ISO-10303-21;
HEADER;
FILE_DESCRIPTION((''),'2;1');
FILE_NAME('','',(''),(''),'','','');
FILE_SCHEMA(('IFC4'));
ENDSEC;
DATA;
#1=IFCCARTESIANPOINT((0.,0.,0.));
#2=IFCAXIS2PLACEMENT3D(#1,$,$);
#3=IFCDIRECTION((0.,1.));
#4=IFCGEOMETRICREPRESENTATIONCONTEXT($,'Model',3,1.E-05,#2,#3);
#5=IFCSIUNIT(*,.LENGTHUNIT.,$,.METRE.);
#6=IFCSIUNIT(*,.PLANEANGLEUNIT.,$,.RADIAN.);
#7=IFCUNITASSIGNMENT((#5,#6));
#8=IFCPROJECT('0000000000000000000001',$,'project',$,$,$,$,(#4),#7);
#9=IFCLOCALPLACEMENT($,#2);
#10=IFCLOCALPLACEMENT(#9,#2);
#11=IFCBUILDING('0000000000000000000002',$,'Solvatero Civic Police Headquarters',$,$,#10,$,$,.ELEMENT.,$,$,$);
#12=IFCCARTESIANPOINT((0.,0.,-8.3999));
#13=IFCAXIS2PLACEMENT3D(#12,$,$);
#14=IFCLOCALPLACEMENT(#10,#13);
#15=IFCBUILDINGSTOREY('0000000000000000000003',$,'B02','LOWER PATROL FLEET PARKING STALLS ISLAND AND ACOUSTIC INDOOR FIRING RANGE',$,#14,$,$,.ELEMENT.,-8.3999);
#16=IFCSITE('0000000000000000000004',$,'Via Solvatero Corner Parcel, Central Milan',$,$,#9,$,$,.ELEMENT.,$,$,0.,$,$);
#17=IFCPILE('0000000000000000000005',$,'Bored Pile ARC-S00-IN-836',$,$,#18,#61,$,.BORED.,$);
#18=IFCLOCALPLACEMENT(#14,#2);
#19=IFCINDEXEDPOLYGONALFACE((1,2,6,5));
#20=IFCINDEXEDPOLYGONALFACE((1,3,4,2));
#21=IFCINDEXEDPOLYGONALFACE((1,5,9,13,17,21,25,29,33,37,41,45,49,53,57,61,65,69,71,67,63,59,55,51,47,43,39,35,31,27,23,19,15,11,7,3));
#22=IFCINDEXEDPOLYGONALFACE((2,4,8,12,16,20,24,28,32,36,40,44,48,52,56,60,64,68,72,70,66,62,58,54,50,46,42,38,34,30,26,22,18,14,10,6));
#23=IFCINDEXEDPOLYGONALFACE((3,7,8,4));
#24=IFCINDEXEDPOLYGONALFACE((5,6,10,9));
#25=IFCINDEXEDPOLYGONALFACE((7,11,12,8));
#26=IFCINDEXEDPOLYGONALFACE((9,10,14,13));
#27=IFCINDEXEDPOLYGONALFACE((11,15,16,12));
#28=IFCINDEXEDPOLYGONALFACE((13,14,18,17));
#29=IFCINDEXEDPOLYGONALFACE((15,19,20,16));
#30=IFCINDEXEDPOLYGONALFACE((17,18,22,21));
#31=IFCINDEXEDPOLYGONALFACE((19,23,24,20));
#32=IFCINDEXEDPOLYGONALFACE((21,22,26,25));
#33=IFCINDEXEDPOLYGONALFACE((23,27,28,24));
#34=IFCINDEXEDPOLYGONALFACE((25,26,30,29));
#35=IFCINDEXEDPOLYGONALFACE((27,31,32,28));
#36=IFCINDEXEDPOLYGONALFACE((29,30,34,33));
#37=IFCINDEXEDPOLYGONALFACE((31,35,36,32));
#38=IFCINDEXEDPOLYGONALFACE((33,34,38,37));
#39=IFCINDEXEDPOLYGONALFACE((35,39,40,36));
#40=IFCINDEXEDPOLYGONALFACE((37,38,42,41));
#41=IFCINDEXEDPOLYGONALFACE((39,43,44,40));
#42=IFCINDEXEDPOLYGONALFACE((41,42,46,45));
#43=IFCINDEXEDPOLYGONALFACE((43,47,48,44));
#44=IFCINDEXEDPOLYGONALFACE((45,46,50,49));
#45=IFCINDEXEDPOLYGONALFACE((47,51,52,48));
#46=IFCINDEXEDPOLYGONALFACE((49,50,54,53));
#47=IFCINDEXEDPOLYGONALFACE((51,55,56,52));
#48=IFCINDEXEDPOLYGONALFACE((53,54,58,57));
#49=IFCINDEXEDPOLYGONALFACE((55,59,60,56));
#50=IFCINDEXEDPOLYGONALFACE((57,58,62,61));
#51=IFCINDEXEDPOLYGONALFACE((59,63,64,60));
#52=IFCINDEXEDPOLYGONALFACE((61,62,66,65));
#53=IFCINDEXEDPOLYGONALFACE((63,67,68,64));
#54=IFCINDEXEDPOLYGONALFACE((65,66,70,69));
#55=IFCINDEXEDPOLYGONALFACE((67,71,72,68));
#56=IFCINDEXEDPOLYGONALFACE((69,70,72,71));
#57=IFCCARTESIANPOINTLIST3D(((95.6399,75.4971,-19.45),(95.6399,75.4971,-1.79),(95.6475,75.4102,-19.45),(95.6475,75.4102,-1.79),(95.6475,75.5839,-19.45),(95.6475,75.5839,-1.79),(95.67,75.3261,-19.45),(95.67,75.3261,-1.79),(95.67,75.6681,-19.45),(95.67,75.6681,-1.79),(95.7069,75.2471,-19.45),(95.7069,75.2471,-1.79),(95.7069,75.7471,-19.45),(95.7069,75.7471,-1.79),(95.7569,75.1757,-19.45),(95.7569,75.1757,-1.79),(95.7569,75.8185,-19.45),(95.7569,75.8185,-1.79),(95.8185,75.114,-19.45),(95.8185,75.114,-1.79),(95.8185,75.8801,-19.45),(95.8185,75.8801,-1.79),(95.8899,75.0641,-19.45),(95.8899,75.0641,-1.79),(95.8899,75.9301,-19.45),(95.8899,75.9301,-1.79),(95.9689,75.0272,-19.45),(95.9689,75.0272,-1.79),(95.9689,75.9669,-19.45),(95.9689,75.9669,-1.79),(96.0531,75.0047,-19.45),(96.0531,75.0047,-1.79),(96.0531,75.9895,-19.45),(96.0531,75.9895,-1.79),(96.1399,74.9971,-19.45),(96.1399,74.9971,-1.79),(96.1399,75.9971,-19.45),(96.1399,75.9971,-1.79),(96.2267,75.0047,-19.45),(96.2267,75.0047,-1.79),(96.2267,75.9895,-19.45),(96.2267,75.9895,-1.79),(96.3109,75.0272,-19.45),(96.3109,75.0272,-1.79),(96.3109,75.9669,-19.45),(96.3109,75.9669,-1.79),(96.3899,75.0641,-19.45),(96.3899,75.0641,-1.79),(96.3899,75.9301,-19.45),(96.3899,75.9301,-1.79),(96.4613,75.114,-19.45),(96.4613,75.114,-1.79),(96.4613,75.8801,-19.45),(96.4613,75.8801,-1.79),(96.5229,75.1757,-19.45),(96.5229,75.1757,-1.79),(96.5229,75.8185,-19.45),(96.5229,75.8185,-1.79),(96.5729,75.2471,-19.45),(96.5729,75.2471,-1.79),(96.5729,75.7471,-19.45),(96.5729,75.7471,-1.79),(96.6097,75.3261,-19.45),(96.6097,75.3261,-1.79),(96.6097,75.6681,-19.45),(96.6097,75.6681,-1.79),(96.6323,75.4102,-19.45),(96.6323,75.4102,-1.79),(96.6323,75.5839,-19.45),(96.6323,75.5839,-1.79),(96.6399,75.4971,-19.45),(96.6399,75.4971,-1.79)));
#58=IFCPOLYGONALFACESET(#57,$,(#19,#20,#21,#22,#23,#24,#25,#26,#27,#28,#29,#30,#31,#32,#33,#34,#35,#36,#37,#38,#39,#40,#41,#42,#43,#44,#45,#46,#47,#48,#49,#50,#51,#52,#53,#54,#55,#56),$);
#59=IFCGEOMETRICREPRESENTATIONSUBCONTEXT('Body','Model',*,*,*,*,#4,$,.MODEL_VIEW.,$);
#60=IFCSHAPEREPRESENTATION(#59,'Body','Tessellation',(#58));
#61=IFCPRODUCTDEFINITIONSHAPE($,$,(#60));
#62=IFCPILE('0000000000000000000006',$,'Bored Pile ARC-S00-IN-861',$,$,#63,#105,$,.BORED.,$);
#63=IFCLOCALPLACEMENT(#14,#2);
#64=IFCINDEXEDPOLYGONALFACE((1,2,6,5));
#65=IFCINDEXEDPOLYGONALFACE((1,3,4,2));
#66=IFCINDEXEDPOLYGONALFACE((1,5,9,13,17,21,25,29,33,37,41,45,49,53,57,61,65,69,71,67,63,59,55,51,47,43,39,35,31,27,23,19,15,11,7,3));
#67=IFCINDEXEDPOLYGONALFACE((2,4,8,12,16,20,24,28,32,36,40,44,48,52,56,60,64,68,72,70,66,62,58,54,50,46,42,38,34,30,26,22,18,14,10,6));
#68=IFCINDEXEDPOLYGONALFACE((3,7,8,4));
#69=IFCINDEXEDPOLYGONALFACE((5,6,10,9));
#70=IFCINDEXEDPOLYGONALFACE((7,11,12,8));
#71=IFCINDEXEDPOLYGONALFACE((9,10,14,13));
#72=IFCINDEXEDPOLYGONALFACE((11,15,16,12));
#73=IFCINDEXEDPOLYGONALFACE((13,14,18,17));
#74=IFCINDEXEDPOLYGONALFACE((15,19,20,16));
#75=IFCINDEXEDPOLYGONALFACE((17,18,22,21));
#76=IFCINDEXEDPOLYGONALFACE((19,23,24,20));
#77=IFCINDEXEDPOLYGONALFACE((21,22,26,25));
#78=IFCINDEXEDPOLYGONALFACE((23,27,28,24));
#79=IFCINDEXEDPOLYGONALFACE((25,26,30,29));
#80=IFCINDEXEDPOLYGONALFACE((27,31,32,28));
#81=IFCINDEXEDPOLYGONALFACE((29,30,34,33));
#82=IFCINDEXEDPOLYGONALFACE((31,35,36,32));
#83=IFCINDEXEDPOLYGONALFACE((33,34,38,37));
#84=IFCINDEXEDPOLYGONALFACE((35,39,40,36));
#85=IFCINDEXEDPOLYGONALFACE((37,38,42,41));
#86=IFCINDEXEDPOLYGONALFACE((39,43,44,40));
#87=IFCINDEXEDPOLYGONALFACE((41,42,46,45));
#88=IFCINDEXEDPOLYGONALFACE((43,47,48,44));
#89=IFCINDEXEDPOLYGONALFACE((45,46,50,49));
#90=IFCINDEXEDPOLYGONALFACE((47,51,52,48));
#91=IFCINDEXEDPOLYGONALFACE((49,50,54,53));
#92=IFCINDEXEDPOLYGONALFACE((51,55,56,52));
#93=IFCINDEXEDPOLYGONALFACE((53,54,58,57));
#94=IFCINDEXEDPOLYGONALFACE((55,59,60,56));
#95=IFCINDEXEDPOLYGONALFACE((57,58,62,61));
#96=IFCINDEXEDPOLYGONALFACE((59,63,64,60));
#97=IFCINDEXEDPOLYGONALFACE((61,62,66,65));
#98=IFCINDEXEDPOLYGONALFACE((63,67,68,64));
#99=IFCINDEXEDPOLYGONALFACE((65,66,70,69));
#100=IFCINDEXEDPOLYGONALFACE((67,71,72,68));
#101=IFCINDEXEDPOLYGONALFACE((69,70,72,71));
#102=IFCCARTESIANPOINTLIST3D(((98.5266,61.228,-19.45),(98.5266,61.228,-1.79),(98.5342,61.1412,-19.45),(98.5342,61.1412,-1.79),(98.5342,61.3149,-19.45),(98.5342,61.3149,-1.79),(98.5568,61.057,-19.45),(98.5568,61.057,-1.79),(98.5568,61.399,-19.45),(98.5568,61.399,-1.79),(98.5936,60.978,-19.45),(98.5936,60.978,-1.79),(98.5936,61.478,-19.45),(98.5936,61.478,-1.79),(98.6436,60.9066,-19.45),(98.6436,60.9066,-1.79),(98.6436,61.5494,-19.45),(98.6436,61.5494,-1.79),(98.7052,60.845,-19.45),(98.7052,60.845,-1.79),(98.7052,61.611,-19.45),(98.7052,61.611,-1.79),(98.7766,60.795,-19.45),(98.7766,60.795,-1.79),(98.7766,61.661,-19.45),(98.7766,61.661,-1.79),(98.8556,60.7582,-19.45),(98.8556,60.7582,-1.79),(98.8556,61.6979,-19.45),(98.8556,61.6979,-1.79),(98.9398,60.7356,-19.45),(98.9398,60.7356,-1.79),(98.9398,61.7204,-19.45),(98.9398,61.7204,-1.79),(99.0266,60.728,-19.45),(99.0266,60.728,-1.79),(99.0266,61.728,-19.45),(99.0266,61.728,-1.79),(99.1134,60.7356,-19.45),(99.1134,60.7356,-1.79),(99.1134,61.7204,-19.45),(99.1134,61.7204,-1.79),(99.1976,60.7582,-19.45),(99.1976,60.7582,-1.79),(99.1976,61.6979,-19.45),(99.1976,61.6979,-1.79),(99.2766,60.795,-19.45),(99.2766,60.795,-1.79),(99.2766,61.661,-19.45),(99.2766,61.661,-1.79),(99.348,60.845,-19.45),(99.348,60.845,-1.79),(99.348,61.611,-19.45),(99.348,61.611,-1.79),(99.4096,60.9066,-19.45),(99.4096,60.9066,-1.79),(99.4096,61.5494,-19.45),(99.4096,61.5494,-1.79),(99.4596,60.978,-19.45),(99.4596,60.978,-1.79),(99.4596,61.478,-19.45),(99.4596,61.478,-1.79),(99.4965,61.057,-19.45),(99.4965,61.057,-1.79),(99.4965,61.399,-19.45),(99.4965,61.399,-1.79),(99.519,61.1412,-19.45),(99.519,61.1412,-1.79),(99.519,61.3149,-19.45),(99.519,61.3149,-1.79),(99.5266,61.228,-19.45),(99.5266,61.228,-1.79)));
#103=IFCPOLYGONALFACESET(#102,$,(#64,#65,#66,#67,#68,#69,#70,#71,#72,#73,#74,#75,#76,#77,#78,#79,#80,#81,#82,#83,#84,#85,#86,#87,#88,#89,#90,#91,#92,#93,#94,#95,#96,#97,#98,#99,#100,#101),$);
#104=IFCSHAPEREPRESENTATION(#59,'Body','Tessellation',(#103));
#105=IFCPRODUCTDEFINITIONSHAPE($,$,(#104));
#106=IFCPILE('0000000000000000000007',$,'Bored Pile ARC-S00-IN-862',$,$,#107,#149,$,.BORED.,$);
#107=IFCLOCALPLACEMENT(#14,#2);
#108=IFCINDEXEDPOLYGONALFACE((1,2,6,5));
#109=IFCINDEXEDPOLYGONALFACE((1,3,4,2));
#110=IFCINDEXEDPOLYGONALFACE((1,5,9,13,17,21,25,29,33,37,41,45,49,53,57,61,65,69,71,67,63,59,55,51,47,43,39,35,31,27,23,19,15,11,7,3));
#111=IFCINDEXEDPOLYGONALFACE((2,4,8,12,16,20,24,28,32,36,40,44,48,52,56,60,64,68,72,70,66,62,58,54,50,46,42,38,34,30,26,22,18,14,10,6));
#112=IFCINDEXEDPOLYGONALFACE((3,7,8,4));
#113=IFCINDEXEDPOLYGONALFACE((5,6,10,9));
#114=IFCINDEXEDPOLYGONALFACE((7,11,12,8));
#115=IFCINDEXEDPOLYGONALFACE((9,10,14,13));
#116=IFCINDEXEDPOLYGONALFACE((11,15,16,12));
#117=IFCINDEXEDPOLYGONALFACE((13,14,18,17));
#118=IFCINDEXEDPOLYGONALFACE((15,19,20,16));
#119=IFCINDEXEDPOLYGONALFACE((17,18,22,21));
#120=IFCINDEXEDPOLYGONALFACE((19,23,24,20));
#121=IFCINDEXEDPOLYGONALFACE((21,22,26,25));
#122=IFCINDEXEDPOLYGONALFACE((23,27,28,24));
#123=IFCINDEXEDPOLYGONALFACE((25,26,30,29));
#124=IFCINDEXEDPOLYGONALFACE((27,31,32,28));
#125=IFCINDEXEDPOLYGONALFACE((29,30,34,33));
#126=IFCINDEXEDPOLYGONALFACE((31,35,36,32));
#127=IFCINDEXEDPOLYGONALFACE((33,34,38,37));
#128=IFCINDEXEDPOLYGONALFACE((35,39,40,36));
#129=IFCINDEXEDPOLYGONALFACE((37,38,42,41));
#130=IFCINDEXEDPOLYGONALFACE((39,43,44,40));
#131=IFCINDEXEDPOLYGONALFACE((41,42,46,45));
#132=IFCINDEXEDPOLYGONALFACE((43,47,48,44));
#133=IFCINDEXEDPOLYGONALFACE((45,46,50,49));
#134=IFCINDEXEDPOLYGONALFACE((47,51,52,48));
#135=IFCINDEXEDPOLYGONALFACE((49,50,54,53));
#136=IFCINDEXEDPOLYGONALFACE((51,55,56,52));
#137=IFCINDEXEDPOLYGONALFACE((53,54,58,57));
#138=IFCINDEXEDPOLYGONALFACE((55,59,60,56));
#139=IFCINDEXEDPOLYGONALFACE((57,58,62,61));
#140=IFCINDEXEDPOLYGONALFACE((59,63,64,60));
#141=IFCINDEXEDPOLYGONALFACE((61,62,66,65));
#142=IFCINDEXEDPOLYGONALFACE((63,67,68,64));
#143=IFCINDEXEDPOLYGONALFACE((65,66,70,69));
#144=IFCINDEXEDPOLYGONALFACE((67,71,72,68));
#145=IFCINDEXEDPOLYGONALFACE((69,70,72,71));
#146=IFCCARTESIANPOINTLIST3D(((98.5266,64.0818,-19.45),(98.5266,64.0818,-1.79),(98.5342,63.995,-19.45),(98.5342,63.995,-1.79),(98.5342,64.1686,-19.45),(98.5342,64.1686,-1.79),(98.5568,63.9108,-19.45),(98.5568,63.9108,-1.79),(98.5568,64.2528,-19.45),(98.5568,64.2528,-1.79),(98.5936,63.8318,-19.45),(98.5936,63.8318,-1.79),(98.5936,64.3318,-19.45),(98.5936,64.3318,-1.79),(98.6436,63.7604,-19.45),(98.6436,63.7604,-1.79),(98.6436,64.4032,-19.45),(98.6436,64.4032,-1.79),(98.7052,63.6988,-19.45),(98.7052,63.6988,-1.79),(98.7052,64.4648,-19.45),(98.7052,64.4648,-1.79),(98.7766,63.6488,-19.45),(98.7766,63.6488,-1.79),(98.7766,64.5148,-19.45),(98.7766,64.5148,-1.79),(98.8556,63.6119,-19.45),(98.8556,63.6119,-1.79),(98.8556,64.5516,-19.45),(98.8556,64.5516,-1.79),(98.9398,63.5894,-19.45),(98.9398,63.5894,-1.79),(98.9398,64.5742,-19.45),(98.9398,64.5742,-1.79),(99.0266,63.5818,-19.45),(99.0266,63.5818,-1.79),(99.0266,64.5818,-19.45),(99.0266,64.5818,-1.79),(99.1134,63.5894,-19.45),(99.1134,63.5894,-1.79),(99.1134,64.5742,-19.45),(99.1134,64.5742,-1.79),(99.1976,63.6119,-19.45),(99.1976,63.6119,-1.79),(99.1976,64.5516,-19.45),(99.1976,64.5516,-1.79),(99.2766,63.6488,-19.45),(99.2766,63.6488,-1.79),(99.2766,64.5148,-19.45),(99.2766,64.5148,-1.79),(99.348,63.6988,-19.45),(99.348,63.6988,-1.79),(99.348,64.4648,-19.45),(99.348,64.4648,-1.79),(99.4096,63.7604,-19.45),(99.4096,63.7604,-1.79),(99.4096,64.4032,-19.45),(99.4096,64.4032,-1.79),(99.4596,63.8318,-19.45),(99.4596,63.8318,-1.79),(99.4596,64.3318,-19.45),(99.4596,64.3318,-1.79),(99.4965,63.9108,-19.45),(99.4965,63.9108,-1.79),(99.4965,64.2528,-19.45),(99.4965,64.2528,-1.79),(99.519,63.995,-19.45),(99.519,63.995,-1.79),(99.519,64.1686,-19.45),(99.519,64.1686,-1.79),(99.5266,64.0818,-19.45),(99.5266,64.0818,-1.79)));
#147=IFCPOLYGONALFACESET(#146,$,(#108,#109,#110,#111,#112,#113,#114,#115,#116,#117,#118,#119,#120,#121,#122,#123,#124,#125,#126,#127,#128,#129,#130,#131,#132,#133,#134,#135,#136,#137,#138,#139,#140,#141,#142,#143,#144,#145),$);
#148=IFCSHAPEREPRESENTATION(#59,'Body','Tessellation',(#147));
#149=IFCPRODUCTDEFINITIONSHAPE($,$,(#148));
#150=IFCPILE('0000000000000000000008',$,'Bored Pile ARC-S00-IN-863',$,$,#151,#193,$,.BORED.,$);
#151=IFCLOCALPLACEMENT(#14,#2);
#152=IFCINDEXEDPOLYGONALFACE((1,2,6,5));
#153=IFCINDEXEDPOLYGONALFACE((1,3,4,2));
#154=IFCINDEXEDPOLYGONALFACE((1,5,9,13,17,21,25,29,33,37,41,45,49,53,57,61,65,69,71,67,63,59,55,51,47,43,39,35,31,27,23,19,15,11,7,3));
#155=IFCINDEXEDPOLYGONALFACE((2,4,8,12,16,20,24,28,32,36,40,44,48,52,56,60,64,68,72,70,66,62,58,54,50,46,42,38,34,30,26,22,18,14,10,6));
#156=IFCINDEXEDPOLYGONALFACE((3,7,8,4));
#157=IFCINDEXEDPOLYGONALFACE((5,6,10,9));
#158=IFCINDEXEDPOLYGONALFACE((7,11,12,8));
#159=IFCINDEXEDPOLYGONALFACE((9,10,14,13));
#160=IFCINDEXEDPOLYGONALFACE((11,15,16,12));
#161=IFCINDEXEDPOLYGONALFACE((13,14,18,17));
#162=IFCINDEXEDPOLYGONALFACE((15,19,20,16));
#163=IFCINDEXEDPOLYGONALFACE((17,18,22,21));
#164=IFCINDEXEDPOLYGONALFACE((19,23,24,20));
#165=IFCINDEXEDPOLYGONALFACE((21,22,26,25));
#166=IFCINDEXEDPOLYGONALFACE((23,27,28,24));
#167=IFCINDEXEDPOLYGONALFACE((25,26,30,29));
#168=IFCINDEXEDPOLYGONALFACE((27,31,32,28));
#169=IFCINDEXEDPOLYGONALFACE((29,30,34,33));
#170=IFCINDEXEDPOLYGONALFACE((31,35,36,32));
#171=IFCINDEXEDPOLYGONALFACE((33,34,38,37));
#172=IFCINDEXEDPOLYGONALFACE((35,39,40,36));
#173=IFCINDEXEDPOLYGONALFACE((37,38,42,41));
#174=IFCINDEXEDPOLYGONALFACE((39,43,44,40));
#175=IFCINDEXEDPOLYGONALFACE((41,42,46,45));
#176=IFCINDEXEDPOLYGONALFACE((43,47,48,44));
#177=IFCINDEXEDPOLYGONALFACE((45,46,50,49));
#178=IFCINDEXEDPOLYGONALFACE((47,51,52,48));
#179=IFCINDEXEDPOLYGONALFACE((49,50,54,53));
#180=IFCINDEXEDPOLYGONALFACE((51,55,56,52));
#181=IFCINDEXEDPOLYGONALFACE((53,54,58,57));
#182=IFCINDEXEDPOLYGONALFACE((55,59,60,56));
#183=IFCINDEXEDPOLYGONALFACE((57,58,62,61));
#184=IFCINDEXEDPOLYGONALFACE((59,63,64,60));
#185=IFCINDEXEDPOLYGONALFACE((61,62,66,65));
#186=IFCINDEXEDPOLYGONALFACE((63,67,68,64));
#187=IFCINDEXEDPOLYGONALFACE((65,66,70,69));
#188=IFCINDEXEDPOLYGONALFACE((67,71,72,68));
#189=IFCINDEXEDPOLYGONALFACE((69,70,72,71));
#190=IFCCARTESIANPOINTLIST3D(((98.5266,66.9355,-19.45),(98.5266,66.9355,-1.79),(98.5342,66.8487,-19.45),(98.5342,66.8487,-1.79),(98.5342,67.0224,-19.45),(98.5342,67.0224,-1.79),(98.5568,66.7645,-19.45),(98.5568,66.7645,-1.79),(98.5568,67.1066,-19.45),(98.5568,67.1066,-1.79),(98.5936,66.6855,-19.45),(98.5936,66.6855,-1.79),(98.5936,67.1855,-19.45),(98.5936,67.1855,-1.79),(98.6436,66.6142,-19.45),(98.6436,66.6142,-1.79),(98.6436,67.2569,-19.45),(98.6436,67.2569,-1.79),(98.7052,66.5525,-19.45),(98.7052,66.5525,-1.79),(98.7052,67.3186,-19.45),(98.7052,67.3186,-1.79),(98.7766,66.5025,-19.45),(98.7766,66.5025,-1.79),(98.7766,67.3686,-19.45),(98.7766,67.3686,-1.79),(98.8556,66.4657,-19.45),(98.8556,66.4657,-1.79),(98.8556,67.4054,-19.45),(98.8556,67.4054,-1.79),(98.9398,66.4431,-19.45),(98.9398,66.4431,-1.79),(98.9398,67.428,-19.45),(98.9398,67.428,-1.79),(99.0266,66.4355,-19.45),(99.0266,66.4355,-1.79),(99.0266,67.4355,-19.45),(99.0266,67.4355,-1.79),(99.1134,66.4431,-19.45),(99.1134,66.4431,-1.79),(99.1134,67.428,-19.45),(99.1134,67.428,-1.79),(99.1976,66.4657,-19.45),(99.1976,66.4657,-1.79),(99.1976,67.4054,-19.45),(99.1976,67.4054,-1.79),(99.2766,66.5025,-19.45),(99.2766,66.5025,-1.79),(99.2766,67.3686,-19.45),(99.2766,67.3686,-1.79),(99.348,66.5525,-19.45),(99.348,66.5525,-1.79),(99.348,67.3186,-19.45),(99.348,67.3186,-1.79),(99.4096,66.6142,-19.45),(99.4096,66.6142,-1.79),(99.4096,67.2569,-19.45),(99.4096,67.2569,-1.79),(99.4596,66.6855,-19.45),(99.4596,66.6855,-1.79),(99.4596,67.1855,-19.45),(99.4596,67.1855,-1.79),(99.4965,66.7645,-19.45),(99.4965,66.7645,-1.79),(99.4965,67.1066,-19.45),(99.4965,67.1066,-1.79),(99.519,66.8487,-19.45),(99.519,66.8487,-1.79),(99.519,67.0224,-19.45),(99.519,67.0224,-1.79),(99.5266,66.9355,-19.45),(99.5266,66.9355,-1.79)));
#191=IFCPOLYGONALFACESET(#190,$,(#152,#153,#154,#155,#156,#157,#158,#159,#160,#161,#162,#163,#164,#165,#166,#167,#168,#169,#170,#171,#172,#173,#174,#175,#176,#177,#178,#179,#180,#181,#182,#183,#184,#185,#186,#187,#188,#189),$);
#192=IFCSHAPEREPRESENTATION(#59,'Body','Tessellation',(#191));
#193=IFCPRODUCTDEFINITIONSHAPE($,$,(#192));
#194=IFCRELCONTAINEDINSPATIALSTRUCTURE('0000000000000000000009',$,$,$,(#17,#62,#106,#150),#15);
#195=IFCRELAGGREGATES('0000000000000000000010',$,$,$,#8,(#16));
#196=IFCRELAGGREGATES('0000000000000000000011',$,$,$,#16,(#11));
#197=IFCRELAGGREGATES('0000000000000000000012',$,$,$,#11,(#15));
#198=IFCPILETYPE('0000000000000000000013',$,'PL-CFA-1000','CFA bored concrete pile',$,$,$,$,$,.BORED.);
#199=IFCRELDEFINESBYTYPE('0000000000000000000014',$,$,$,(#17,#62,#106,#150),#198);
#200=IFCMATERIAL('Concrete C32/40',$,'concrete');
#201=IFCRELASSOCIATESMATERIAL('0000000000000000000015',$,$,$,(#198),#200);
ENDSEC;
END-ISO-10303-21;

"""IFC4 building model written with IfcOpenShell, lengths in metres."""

from ifc_helpers import new_model, si_unit, direction, frame, origin, origin_2d, place, context, subcontext, project, spatial, circle, extrude, material, material_profile, profile_set, type_object, element, save


model = new_model("IFC4")

# Units and contexts
model_context = context("Model", 3, precision=1e-05, world=origin(), true_north=direction((0.0, 1.0)))
body_context = subcontext(model_context, "Body", "Model", "MODEL_VIEW")
ifc_project = project(units=[si_unit("LENGTHUNIT", "METRE"), si_unit("PLANEANGLEUNIT", "RADIAN")], contexts=[model_context])

# Site, building, storey
site_placement = place(None, origin())
site = spatial("IfcSite", under=ifc_project, at=site_placement, Name="Via Solvatero Corner Parcel, Central Milan", CompositionType="ELEMENT", RefElevation=0.0)
building_placement = place(site_placement, origin())
building = spatial("IfcBuilding", under=site, at=building_placement, Name="Solvatero Civic Police Headquarters", CompositionType="ELEMENT")
storey_placement = place(building_placement, frame((0.0, 0.0, -8.3999)))
storey = spatial("IfcBuildingStorey", under=building, at=storey_placement, Name="B02", Description="LOWER PATROL FLEET PARKING STALLS ISLAND AND ACOUSTIC INDOOR FIRING RANGE", CompositionType="ELEMENT", Elevation=-8.3999)

# Piles
ifc_material_1 = material(Name="Concrete C32/40", Category="concrete")
ifc_material_profile_1 = material_profile(ifc_material_1, circle(Radius=0.5, at=origin_2d()), Name="CFA PILE D1000")
ifc_profile_set_1 = profile_set([ifc_material_profile_1], Name="Concrete C32/40")
pile_type = type_object("IfcPileType", Name="PL-CFA-1000", Description="CFA bored concrete pile", PredefinedType="BORED", material=ifc_profile_set_1)
for number, where, z_axis, x_axis, name in (
    (1, (96.1399, 75.4971, -1.79), (0.0, 0.0, -1.0), (1.0, 0.0, 0.0), "Bored Pile ARC-S00-IN-836"),
    (2, (99.0266, 61.228, -1.79), (0.0, 0.0, -1.0), (1.0, 0.0, 0.0), "Bored Pile ARC-S00-IN-861"),
    (3, (99.0266, 64.0818, -1.79), (0.0, 0.0, -1.0), (1.0, 0.0, 0.0), "Bored Pile ARC-S00-IN-862"),
    (4, (99.0266, 66.9355, -1.79), (0.0, 0.0, -1.0), (1.0, 0.0, 0.0), "Bored Pile ARC-S00-IN-863"),
):
    element("IfcPile", number, at=place(storey_placement, frame(where, z_axis=z_axis, x_axis=x_axis)), inside=storey, type_object=pile_type, Name=name, PredefinedType="BORED", context=body_context, shape_type="SweptSolid", body=[
        extrude(circle(Radius=0.5, at=origin_2d()), origin(), (0.0, 0.0, 1.0), 17.6599),
    ])

save(model, "model.ifc")
